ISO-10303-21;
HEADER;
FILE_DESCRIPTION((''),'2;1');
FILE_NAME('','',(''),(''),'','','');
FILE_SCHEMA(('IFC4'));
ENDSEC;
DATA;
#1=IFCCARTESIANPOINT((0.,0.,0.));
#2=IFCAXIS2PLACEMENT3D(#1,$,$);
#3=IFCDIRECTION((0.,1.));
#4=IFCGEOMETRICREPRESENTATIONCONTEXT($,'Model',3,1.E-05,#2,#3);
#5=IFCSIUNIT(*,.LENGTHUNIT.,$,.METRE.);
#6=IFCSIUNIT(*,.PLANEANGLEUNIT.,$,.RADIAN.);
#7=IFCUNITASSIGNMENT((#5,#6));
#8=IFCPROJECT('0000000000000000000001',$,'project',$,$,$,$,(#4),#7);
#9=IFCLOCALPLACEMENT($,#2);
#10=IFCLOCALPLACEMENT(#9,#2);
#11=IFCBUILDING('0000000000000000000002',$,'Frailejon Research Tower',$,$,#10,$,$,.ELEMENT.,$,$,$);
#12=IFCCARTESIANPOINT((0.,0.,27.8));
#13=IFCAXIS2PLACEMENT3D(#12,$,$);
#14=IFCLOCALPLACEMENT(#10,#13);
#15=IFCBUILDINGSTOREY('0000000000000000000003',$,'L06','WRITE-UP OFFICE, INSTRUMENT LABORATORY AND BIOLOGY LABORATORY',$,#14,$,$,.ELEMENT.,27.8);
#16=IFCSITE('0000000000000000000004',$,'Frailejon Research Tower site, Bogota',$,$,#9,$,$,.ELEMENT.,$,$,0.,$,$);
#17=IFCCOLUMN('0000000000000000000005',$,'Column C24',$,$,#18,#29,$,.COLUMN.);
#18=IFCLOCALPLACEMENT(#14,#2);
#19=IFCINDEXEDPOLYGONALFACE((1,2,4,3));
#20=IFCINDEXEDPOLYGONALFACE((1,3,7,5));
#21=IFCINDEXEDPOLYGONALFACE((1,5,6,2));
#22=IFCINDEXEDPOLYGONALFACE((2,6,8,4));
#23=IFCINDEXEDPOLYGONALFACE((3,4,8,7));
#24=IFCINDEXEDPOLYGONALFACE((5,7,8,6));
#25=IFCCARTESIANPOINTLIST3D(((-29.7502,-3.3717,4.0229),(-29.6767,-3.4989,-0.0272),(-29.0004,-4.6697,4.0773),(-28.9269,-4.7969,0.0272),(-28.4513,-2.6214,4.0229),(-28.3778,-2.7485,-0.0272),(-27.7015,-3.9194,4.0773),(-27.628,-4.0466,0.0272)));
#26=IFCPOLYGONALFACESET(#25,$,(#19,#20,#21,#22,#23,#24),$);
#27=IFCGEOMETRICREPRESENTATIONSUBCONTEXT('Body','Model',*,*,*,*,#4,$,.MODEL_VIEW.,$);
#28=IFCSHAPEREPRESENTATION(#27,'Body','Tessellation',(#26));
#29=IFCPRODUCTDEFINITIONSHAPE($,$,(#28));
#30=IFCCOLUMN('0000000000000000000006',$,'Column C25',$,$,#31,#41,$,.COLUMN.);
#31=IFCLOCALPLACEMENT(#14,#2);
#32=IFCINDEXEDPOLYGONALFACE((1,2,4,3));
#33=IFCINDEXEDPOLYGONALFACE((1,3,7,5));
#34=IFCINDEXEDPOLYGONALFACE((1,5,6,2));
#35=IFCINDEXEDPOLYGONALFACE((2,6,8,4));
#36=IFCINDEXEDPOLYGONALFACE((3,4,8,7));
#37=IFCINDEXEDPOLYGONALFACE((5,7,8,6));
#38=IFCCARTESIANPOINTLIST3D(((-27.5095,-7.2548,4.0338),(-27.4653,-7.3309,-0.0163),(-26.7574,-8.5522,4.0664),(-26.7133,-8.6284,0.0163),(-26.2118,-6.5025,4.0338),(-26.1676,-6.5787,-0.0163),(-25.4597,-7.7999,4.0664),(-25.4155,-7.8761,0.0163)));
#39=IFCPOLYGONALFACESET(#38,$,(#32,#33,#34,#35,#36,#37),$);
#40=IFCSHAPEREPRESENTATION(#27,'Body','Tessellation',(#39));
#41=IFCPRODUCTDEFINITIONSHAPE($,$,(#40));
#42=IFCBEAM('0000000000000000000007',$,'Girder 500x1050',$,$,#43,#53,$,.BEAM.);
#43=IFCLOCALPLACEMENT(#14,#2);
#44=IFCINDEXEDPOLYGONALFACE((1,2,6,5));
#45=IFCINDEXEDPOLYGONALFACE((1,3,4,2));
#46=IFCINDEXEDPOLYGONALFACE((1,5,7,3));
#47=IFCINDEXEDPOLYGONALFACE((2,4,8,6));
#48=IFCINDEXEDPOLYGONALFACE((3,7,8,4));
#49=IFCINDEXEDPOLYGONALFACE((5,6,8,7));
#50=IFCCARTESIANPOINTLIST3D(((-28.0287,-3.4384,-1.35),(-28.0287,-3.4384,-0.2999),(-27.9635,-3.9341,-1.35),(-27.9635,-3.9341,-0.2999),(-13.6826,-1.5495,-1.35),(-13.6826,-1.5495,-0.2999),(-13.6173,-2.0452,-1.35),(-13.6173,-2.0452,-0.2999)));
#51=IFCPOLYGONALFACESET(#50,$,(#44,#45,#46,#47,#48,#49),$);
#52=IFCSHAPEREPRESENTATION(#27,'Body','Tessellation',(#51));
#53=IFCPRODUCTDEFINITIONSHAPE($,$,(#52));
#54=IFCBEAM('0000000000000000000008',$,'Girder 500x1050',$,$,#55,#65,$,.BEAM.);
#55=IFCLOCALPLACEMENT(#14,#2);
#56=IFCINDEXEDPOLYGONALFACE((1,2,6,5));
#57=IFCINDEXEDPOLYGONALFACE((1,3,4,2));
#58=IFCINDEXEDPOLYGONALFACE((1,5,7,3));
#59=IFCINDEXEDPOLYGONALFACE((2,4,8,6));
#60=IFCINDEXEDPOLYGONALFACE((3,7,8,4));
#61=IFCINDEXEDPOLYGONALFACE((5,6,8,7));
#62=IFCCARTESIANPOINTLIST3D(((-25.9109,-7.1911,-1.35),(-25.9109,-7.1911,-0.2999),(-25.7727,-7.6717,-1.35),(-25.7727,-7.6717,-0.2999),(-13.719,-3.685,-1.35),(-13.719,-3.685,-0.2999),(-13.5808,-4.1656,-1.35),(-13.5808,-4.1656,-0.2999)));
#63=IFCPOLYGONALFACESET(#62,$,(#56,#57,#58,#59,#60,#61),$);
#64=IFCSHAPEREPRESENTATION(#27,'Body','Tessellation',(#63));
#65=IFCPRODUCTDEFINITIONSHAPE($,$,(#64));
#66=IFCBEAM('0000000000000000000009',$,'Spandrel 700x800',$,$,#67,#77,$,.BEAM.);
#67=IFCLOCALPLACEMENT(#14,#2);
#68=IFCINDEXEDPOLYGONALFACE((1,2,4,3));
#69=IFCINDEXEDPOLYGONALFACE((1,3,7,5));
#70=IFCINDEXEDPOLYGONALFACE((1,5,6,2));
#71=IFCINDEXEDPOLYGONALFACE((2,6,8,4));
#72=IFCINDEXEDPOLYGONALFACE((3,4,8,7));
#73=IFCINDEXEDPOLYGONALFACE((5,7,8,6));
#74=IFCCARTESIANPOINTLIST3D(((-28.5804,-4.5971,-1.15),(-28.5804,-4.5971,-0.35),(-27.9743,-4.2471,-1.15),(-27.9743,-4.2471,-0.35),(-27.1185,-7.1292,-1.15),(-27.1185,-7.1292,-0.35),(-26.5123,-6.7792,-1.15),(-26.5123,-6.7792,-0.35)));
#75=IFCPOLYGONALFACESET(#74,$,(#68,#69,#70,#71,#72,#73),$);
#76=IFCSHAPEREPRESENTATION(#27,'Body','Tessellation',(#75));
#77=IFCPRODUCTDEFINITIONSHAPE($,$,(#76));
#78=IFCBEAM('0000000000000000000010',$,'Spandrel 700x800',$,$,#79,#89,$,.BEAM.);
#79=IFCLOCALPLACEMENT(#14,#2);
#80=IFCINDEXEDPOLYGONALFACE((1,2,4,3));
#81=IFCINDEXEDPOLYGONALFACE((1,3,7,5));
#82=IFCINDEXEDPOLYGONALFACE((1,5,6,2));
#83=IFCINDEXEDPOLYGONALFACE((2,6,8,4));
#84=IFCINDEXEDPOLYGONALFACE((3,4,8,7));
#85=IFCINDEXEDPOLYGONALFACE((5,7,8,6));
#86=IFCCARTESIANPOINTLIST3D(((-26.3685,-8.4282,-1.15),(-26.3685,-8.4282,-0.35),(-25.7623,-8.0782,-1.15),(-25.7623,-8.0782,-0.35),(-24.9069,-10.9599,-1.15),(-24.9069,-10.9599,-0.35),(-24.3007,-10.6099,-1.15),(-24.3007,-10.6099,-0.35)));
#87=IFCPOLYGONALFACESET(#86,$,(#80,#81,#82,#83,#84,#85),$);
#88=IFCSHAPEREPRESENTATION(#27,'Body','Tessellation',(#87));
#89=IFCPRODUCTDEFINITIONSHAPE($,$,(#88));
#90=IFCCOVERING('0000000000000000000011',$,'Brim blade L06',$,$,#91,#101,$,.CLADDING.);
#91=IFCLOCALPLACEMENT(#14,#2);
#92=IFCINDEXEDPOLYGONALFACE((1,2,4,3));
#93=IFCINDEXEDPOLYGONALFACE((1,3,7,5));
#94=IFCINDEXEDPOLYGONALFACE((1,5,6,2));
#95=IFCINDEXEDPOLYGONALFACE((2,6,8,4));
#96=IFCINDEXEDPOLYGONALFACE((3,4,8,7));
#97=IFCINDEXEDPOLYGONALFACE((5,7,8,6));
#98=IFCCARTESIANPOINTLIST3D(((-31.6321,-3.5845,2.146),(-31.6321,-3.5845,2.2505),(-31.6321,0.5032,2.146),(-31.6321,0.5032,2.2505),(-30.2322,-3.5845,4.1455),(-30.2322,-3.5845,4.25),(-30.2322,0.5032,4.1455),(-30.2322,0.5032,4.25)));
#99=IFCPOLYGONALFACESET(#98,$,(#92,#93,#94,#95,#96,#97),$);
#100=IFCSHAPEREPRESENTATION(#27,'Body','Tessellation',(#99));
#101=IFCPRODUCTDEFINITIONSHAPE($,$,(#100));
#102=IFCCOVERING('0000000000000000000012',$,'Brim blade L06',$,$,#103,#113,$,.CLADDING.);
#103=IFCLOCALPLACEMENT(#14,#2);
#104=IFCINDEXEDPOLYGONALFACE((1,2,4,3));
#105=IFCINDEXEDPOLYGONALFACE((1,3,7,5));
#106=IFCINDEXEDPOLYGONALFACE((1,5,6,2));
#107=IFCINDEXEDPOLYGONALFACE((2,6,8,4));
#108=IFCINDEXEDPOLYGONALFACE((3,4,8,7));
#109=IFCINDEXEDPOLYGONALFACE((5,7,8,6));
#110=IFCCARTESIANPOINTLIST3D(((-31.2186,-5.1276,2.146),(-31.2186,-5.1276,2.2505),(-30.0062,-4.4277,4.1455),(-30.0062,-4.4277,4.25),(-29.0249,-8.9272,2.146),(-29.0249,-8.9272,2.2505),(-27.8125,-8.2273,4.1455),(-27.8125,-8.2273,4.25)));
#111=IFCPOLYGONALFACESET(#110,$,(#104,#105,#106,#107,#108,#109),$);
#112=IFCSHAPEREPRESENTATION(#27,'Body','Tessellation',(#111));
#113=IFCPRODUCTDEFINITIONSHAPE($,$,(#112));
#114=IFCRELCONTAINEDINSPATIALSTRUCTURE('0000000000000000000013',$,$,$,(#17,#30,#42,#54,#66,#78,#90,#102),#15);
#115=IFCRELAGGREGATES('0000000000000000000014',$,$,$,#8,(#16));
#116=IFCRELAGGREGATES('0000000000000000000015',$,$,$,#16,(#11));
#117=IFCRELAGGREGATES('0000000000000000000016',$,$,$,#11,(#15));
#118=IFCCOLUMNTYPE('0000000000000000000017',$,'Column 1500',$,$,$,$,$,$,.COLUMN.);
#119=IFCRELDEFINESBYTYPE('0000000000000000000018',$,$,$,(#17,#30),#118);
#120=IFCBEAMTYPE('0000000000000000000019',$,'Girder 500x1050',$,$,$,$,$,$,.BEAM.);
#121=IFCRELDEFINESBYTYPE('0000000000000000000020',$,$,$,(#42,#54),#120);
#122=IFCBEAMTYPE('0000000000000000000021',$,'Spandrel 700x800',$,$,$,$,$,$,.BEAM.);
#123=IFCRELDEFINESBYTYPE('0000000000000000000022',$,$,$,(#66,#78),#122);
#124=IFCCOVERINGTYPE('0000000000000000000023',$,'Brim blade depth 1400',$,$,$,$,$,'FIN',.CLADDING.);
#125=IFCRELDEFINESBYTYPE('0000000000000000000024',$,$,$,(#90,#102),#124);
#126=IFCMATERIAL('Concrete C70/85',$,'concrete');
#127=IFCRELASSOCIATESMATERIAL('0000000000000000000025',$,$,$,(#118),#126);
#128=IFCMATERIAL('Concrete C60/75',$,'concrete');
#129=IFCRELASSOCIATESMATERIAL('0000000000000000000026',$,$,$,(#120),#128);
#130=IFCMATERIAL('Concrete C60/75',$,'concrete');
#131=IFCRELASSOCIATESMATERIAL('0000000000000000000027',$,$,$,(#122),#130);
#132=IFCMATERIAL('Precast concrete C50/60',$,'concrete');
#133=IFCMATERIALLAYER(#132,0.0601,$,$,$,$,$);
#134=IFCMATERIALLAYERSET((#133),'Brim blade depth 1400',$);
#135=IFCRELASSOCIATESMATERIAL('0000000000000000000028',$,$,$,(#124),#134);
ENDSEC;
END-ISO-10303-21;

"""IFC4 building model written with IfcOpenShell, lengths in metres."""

from ifc_helpers import new_model, si_unit, direction, frame, origin, origin_2d, place, context, subcontext, project, spatial, polyline, rectangle, outline, extrude, material, layer, layer_set, material_profile, profile_set, type_object, element, save


model = new_model("IFC4")

# Units and contexts
model_context = context("Model", 3, precision=1e-05, world=origin(), true_north=direction((0.0, 1.0)))
body_context = subcontext(model_context, "Body", "Model", "MODEL_VIEW")
ifc_project = project(units=[si_unit("LENGTHUNIT", "METRE"), si_unit("PLANEANGLEUNIT", "RADIAN")], contexts=[model_context])

# Site, building, storey
site_placement = place(None, origin())
site = spatial("IfcSite", under=ifc_project, at=site_placement, Name="Frailejon Research Tower site, Bogota", CompositionType="ELEMENT", RefElevation=0.0)
building_placement = place(site_placement, origin())
building = spatial("IfcBuilding", under=site, at=building_placement, Name="Frailejon Research Tower", CompositionType="ELEMENT")
storey_placement = place(building_placement, frame((0.0, 0.0, 27.8)))
storey = spatial("IfcBuildingStorey", under=building, at=storey_placement, Name="L06", Description="WRITE-UP OFFICE, INSTRUMENT LABORATORY AND BIOLOGY LABORATORY", CompositionType="ELEMENT", Elevation=27.8)

# Columns
ifc_material_1 = material(Name="Concrete C70/85", Category="concrete")
ifc_material_profile_1 = material_profile(ifc_material_1, rectangle(XDim=1.5, YDim=1.5, at=origin_2d()), Name="Column 1500")
ifc_profile_set_1 = profile_set([ifc_material_profile_1], Name="Concrete C70/85")
column_type = type_object("IfcColumnType", Name="Column 1500", PredefinedType="COLUMN", material=ifc_profile_set_1)
column_1_placement = place(storey_placement, frame((-28.6523, -3.7727, 0.0), z_axis=(-0.018133, 0.031386, 0.999343), x_axis=(0.499873, -0.86534, 0.036247)))
element("IfcColumn", 1, at=column_1_placement, inside=storey, type_object=column_type, Name="Column C24", PredefinedType="COLUMN", context=body_context, shape_type="SweptSolid", body=[
    extrude(rectangle(XDim=1.5, YDim=1.5, at=origin_2d()), origin(), (0.0, 0.0, 1.0), 4.0527),
])
column_2_placement = place(storey_placement, frame((-26.4404, -7.6035, 0.0), z_axis=(-0.010908, 0.018803, 0.999764), x_axis=(0.501388, -0.864949, 0.021738)))
element("IfcColumn", 2, at=column_2_placement, inside=storey, type_object=column_type, Name="Column C25", PredefinedType="COLUMN", context=body_context, shape_type="SweptSolid", body=[
    extrude(rectangle(XDim=1.5, YDim=1.5, at=origin_2d()), origin(), (0.0, 0.0, 1.0), 4.051),
])

# Beams
ifc_material_2 = material(Name="Concrete C60/75", Category="concrete")
ifc_material_profile_2 = material_profile(ifc_material_2, rectangle(XDim=0.5, YDim=1.05, at=origin_2d()), Name="Girder 500x1050")
ifc_profile_set_2 = profile_set([ifc_material_profile_2], Name="Concrete C60/75")
beam_type_1 = type_object("IfcBeamType", Name="Girder 500x1050", PredefinedType="BEAM", material=ifc_profile_set_2)
beam_1_placement = place(storey_placement, frame((-27.9961, -3.6863, -0.825), z_axis=(0.991443, 0.13054, 0.0), x_axis=(-0.13054, 0.991443, 0.0)))
element("IfcBeam", 3, at=beam_1_placement, inside=storey, type_object=beam_type_1, Name="Girder 500x1050", PredefinedType="BEAM", context=body_context, shape_type="SweptSolid", body=[
    extrude(rectangle(XDim=0.5, YDim=1.05, at=origin_2d()), origin(), (0.0, 0.0, 1.0), 14.47),
])
beam_2_placement = place(storey_placement, frame((-25.8418, -7.4314, -0.825), z_axis=(0.96105, 0.276375, 0.0), x_axis=(-0.276375, 0.96105, 0.0)))
element("IfcBeam", 4, at=beam_2_placement, inside=storey, type_object=beam_type_1, Name="Girder 500x1050", PredefinedType="BEAM", context=body_context, shape_type="SweptSolid", body=[
    extrude(rectangle(XDim=0.5, YDim=1.05, at=origin_2d()), origin(), (0.0, 0.0, 1.0), 12.686),
])
ifc_material_3 = material(Name="Concrete C60/75", Category="concrete")
ifc_material_profile_3 = material_profile(ifc_material_3, rectangle(XDim=0.7, YDim=0.8, at=origin_2d()), Name="Spandrel 700x800")
ifc_profile_set_3 = profile_set([ifc_material_profile_3], Name="Concrete C60/75")
beam_type_2 = type_object("IfcBeamType", Name="Spandrel 700x800", PredefinedType="BEAM", material=ifc_profile_set_3)
beam_3_placement = place(storey_placement, frame((-28.2773, -4.4221, -0.75), z_axis=(0.500019, -0.866015, 0.0), x_axis=(0.866015, 0.500019, 0.0)))
element("IfcBeam", 5, at=beam_3_placement, inside=storey, type_object=beam_type_2, Name="Spandrel 700x800", PredefinedType="BEAM", context=body_context, shape_type="SweptSolid", body=[
    extrude(rectangle(XDim=0.7, YDim=0.8, at=origin_2d()), origin(), (0.0, 0.0, 1.0), 2.9238),
])
beam_4_placement = place(storey_placement, frame((-26.0654, -8.2532, -0.75), z_axis=(0.499992, -0.86603, 0.0), x_axis=(0.86603, 0.499992, 0.0)))
element("IfcBeam", 6, at=beam_4_placement, inside=storey, type_object=beam_type_2, Name="Spandrel 700x800", PredefinedType="BEAM", context=body_context, shape_type="SweptSolid", body=[
    extrude(rectangle(XDim=0.7, YDim=0.8, at=origin_2d()), origin(), (0.0, 0.0, 1.0), 2.9233),
])

# Coverings
ifc_material_4 = material(Name="Precast concrete C50/60", Category="concrete")
ifc_layer_1 = layer(ifc_material_4, 0.0601)
ifc_layer_set_1 = layer_set([ifc_layer_1], Name="Brim blade depth 1400")
covering_type = type_object("IfcCoveringType", Name="Brim blade depth 1400", ElementType="FIN", PredefinedType="CLADDING", material=ifc_layer_set_1)
covering_1_placement = place(storey_placement, frame((-30.2322, -3.5845, 4.25), z_axis=(0.0, 1.0, 0.0), x_axis=(-1.0, 0.0, 0.0)))
element("IfcCovering", 7, at=covering_1_placement, inside=storey, type_object=covering_type, Name="Brim blade L06", PredefinedType="CLADDING", context=body_context, shape_type="SweptSolid", body=[
    extrude(outline(polyline([(0.0, -0.1045), (1.3999, -2.104), (1.3999, -1.9995), (0.0, 0.0), (0.0, -0.1045)])), origin(), (0.0, 0.0, 1.0), 4.0876),
])
covering_2_placement = place(storey_placement, frame((-27.8125, -8.2273, 4.25), z_axis=(-0.5, 0.866025, 0.0), x_axis=(-0.866025, -0.5, 0.0)))
element("IfcCovering", 8, at=covering_2_placement, inside=storey, type_object=covering_type, Name="Brim blade L06", PredefinedType="CLADDING", context=body_context, shape_type="SweptSolid", body=[
    extrude(outline(polyline([(0.0, -0.1045), (1.3999, -2.104), (1.3999, -1.9995), (0.0, 0.0), (0.0, -0.1045)])), origin(), (0.0, 0.0, 1.0), 4.3875),
])

save(model, "model.ifc")
